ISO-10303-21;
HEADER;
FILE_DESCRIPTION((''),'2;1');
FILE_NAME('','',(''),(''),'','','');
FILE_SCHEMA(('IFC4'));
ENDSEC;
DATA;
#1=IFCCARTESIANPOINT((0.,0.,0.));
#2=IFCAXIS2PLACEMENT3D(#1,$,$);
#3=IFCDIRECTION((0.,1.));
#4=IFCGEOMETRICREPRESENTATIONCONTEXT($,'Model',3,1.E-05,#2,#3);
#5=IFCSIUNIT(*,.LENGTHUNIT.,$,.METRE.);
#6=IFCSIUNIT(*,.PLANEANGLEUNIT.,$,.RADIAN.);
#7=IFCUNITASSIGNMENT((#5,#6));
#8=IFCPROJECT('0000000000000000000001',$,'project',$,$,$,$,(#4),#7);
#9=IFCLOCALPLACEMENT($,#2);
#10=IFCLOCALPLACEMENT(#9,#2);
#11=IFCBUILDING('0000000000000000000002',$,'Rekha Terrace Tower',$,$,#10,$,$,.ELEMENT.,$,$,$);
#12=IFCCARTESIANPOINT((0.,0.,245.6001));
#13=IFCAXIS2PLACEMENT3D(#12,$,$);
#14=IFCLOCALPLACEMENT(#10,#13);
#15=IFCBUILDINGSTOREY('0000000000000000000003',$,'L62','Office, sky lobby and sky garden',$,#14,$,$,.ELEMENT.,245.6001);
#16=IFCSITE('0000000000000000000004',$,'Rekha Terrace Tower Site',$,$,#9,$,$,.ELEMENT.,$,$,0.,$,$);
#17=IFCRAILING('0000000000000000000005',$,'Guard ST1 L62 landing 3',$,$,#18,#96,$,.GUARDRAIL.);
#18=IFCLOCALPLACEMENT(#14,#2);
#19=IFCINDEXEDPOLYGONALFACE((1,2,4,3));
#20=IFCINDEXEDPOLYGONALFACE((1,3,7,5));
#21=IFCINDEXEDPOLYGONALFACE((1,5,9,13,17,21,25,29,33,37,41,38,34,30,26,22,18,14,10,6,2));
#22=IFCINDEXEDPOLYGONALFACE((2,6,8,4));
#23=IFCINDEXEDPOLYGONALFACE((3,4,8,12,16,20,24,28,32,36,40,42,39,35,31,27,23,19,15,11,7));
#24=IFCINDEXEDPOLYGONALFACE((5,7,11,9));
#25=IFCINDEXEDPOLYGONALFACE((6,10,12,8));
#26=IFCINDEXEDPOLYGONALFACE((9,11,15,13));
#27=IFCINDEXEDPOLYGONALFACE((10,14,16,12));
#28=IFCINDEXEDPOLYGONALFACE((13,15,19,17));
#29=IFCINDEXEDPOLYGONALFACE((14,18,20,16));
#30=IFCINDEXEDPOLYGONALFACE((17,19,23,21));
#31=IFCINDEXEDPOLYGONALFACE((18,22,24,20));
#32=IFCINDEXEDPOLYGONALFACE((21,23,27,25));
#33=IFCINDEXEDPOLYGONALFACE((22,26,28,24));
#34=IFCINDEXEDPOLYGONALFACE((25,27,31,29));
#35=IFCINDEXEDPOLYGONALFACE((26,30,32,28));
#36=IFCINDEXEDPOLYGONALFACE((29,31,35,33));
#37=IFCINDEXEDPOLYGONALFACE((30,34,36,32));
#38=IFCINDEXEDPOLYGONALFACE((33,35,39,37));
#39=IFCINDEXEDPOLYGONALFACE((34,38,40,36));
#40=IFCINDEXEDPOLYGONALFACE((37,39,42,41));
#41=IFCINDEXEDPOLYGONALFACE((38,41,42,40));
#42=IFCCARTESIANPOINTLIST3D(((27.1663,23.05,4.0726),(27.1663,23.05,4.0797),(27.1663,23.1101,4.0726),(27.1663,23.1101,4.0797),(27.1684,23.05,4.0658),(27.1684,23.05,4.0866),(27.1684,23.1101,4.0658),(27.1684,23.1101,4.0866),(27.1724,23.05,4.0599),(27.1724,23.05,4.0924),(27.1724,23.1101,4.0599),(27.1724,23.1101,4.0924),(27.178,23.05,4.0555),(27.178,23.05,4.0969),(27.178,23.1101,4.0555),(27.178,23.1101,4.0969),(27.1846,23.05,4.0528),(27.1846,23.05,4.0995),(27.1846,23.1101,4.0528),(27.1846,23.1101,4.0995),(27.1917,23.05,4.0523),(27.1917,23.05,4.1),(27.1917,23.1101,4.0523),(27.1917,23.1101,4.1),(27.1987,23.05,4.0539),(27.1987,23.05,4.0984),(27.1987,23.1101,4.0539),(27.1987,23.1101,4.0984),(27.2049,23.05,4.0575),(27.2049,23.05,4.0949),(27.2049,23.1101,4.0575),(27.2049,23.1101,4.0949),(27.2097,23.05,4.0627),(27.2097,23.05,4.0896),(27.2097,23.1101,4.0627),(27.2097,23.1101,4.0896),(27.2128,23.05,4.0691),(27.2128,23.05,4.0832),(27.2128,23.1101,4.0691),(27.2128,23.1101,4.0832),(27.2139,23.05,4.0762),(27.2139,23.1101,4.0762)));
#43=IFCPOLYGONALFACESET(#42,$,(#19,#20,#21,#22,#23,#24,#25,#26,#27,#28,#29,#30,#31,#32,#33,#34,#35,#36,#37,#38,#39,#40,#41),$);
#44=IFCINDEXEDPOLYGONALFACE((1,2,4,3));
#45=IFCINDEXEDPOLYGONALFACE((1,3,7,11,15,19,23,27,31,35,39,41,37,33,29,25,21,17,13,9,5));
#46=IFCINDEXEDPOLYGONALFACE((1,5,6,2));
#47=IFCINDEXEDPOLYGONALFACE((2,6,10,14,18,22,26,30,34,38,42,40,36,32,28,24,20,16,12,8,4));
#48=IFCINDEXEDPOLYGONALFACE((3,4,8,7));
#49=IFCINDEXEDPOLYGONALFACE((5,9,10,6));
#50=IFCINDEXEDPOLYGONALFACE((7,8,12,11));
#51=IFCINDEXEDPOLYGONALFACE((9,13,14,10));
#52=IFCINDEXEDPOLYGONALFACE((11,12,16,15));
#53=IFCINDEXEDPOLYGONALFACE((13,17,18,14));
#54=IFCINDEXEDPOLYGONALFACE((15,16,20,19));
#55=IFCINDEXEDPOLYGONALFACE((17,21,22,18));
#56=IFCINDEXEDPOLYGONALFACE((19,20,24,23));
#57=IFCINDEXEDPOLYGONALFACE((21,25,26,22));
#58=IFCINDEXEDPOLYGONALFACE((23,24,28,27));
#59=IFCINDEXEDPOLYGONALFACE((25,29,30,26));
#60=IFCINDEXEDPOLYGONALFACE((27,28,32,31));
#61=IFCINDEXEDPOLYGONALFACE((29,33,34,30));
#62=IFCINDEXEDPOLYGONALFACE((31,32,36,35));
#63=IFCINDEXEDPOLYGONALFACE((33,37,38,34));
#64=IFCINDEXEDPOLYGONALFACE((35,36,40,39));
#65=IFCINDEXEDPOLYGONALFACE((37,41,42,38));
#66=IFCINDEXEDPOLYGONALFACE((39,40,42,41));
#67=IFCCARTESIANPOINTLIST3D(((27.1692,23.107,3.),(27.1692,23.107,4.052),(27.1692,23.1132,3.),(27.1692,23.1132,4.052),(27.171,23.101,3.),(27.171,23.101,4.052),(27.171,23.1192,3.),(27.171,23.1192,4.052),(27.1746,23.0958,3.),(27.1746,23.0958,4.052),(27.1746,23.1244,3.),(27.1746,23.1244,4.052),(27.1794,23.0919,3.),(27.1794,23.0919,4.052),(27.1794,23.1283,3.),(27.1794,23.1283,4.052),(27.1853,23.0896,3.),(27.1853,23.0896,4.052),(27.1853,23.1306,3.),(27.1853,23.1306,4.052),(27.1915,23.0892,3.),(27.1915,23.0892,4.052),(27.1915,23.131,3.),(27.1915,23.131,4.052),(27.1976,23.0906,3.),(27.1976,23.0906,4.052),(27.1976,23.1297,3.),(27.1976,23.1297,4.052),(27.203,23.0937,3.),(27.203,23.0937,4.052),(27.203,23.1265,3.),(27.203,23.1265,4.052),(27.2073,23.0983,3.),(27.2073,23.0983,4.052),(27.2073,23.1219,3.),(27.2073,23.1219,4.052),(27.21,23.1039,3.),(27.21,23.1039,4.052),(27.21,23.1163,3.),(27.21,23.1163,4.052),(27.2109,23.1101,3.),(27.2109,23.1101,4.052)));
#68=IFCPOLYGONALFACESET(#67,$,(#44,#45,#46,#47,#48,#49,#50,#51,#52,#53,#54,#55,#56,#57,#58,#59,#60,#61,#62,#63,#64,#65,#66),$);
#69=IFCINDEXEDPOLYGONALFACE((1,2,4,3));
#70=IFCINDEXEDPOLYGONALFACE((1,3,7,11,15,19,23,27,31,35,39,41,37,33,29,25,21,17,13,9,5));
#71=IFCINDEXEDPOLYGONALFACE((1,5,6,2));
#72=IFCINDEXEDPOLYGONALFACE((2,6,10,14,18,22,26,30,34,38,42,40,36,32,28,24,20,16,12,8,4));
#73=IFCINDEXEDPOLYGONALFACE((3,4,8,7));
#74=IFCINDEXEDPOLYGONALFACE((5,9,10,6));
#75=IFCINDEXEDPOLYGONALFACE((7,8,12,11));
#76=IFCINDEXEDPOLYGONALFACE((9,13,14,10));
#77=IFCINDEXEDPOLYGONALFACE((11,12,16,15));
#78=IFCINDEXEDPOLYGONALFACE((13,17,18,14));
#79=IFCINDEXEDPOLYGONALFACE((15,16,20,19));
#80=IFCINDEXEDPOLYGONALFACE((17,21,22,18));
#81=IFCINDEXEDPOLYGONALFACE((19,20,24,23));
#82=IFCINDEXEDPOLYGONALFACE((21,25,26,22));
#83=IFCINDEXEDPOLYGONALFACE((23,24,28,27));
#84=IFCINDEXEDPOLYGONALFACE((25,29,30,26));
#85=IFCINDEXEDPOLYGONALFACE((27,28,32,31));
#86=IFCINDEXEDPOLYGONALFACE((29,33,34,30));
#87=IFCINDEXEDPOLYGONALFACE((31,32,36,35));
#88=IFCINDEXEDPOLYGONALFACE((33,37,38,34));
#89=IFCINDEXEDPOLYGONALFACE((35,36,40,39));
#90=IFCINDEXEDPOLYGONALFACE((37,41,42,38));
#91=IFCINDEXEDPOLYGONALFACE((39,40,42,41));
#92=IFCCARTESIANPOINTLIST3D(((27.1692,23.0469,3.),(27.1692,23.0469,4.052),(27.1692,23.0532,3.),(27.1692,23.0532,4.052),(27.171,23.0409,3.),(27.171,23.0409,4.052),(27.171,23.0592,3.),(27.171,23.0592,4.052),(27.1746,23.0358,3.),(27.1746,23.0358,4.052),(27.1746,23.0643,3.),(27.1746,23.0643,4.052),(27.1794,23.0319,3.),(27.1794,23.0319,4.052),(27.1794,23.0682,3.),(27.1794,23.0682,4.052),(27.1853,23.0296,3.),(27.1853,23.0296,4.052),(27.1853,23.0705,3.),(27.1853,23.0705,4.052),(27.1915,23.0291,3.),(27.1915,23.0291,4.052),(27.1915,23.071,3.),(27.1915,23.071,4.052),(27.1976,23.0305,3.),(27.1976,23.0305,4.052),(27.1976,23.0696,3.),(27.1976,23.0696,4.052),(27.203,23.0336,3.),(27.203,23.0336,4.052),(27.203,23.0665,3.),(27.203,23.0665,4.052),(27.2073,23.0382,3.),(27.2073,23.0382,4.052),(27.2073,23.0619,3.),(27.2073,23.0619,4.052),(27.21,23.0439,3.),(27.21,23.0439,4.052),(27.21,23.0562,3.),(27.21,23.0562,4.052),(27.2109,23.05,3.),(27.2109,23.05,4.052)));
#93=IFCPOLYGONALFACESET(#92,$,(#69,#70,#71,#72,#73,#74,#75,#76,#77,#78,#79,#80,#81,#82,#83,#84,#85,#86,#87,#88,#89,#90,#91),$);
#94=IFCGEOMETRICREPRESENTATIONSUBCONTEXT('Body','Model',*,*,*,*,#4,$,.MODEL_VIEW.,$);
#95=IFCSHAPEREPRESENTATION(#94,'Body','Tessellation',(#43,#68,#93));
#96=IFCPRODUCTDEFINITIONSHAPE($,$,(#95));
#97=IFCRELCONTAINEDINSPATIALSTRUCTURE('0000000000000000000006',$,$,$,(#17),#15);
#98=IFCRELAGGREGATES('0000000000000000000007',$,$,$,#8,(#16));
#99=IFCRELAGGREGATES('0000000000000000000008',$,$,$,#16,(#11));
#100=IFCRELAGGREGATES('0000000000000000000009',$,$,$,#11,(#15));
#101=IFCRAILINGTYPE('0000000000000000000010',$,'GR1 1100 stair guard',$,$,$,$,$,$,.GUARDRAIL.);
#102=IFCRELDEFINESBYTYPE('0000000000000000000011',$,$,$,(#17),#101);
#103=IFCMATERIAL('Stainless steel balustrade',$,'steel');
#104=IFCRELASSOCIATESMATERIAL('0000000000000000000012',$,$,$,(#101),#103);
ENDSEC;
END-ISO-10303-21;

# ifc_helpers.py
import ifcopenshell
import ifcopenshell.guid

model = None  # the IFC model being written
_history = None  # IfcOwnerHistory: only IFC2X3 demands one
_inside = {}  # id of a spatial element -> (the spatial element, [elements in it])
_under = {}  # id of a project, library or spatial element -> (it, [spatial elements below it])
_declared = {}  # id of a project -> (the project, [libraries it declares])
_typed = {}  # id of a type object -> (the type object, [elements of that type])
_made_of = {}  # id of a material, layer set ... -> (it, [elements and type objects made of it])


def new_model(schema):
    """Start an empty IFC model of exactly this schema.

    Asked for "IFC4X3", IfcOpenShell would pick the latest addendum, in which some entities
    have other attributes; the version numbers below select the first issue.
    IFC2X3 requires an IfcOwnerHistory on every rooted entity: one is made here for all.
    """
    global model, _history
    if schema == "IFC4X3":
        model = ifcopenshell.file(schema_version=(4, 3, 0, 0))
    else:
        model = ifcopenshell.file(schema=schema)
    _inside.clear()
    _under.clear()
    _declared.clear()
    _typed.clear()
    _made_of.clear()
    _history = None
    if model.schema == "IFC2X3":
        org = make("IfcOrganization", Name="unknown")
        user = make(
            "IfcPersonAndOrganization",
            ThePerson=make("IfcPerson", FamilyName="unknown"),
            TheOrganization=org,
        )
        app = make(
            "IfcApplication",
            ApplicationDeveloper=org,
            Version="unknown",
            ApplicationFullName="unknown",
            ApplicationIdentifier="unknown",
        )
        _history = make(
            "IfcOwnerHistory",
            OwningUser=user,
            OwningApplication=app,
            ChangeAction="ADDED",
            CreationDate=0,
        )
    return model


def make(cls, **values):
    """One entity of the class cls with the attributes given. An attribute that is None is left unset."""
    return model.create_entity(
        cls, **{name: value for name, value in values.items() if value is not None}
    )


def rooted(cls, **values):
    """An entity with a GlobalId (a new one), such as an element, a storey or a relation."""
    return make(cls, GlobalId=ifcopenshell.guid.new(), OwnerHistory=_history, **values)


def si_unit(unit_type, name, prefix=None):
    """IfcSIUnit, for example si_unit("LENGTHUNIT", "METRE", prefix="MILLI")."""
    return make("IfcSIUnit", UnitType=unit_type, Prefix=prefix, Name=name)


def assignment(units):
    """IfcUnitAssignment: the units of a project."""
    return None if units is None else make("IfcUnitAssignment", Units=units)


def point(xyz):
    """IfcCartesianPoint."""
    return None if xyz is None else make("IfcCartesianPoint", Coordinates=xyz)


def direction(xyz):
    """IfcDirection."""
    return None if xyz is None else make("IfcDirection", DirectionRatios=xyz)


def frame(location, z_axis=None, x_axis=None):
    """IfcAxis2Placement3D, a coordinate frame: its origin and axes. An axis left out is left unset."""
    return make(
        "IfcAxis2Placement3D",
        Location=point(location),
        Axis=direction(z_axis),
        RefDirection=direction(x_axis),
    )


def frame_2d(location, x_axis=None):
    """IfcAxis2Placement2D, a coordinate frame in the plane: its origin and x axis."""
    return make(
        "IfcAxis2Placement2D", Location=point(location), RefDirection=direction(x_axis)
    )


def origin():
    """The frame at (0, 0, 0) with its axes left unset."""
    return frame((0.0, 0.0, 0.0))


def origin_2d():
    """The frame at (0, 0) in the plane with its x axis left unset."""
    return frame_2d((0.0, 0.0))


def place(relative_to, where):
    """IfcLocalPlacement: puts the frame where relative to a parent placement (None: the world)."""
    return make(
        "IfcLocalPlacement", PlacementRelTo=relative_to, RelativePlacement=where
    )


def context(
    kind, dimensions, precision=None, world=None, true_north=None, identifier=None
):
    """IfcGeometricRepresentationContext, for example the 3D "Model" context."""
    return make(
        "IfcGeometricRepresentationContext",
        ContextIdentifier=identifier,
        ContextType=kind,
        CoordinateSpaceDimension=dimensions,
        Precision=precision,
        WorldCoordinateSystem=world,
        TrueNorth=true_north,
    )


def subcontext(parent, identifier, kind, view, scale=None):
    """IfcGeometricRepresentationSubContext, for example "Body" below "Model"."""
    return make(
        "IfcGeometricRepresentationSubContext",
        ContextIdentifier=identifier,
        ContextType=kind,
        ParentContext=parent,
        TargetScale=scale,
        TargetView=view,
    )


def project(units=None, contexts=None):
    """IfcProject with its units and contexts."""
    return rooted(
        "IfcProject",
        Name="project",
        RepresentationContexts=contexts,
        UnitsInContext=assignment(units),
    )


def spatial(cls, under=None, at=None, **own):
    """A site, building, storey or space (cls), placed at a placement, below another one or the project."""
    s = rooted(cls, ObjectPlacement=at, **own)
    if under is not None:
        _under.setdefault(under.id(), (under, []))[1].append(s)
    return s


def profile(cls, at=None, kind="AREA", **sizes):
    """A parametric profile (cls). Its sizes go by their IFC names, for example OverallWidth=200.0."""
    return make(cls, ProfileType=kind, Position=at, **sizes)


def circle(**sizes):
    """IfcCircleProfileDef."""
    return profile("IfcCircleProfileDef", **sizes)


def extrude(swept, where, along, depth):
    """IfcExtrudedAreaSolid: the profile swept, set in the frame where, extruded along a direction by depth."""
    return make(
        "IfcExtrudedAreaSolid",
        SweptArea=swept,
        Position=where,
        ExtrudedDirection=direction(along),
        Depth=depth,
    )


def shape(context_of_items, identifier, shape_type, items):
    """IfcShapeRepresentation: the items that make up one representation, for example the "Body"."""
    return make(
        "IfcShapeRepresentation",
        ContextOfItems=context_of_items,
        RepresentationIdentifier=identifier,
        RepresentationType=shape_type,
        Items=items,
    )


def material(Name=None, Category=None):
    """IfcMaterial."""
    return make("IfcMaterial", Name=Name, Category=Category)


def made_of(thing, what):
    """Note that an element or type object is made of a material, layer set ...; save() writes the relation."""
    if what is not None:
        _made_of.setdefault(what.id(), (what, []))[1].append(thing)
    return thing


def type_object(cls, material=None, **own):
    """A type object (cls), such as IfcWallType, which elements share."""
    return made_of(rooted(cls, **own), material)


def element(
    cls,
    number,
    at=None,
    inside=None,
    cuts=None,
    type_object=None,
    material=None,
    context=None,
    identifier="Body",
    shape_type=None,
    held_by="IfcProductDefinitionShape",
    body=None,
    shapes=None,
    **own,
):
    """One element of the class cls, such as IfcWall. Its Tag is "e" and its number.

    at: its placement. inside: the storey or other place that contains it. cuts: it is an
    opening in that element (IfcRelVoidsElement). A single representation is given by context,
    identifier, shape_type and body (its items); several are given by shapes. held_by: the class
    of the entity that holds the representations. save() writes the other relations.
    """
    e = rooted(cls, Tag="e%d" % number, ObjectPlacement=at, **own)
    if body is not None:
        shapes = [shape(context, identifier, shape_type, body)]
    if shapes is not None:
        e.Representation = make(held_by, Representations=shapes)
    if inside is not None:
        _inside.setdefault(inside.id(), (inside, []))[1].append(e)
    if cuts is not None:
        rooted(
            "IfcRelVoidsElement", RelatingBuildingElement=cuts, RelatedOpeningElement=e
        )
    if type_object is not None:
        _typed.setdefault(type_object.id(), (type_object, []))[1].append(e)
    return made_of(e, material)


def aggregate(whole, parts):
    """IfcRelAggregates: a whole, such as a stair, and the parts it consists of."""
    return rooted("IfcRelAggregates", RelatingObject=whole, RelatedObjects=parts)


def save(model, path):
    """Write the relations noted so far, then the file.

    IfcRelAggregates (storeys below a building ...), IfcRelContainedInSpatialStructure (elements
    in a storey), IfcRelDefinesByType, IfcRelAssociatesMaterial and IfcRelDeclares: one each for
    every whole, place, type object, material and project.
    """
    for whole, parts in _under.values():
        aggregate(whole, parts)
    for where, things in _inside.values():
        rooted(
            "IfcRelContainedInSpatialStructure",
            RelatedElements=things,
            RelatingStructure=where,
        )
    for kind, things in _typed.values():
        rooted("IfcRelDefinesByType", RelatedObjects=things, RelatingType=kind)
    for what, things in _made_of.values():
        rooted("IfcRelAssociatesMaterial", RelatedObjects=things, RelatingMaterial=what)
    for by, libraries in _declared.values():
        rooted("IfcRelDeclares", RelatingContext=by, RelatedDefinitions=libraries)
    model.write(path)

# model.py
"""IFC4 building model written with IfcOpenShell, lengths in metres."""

from ifc_helpers import new_model, si_unit, direction, frame, origin, origin_2d, place, context, subcontext, project, spatial, circle, extrude, material, type_object, element, save


model = new_model("IFC4")

# Units and contexts
model_context = context("Model", 3, precision=1e-05, world=origin(), true_north=direction((0.0, 1.0)))
body_context = subcontext(model_context, "Body", "Model", "MODEL_VIEW")
ifc_project = project(units=[si_unit("LENGTHUNIT", "METRE"), si_unit("PLANEANGLEUNIT", "RADIAN")], contexts=[model_context])

# Site, building, storey
site_placement = place(None, origin())
site = spatial("IfcSite", under=ifc_project, at=site_placement, Name="Rekha Terrace Tower Site", CompositionType="ELEMENT", RefElevation=0.0)
building_placement = place(site_placement, origin())
building = spatial("IfcBuilding", under=site, at=building_placement, Name="Rekha Terrace Tower", CompositionType="ELEMENT")
storey_placement = place(building_placement, frame((0.0, 0.0, 245.6001)))
storey = spatial("IfcBuildingStorey", under=building, at=storey_placement, Name="L62", Description="Office, sky lobby and sky garden", CompositionType="ELEMENT", Elevation=245.6001)

# Railing
ifc_material_1 = material(Name="Stainless steel balustrade", Category="steel")
railing_type_1 = type_object("IfcRailingType", Name="GR1 1100 stair guard", PredefinedType="GUARDRAIL", material=ifc_material_1)
railing_1_placement = place(storey_placement, frame((27.1899, 23.1101, 3.0)))
element("IfcRailing", 1, at=railing_1_placement, inside=storey, type_object=railing_type_1, Name="Guard ST1 L62 landing 3", PredefinedType="GUARDRAIL", context=body_context, shape_type="SweptSolid", body=[
    extrude(circle(Radius=0.0239, at=origin_2d()), frame((0.0, 0.0, 1.0762), z_axis=(0.0, -1.0, 0.0), x_axis=(1.0, 0.0, 0.0)), (0.0, 0.0, 1.0), 0.0601),
    extrude(circle(Radius=0.021, at=origin_2d()), origin(), (0.0, 0.0, 1.0), 1.052),
    extrude(circle(Radius=0.021, at=origin_2d()), frame((0.0, -0.0601, 0.0)), (0.0, 0.0, 1.0), 1.052),
])

save(model, "model.ifc")
